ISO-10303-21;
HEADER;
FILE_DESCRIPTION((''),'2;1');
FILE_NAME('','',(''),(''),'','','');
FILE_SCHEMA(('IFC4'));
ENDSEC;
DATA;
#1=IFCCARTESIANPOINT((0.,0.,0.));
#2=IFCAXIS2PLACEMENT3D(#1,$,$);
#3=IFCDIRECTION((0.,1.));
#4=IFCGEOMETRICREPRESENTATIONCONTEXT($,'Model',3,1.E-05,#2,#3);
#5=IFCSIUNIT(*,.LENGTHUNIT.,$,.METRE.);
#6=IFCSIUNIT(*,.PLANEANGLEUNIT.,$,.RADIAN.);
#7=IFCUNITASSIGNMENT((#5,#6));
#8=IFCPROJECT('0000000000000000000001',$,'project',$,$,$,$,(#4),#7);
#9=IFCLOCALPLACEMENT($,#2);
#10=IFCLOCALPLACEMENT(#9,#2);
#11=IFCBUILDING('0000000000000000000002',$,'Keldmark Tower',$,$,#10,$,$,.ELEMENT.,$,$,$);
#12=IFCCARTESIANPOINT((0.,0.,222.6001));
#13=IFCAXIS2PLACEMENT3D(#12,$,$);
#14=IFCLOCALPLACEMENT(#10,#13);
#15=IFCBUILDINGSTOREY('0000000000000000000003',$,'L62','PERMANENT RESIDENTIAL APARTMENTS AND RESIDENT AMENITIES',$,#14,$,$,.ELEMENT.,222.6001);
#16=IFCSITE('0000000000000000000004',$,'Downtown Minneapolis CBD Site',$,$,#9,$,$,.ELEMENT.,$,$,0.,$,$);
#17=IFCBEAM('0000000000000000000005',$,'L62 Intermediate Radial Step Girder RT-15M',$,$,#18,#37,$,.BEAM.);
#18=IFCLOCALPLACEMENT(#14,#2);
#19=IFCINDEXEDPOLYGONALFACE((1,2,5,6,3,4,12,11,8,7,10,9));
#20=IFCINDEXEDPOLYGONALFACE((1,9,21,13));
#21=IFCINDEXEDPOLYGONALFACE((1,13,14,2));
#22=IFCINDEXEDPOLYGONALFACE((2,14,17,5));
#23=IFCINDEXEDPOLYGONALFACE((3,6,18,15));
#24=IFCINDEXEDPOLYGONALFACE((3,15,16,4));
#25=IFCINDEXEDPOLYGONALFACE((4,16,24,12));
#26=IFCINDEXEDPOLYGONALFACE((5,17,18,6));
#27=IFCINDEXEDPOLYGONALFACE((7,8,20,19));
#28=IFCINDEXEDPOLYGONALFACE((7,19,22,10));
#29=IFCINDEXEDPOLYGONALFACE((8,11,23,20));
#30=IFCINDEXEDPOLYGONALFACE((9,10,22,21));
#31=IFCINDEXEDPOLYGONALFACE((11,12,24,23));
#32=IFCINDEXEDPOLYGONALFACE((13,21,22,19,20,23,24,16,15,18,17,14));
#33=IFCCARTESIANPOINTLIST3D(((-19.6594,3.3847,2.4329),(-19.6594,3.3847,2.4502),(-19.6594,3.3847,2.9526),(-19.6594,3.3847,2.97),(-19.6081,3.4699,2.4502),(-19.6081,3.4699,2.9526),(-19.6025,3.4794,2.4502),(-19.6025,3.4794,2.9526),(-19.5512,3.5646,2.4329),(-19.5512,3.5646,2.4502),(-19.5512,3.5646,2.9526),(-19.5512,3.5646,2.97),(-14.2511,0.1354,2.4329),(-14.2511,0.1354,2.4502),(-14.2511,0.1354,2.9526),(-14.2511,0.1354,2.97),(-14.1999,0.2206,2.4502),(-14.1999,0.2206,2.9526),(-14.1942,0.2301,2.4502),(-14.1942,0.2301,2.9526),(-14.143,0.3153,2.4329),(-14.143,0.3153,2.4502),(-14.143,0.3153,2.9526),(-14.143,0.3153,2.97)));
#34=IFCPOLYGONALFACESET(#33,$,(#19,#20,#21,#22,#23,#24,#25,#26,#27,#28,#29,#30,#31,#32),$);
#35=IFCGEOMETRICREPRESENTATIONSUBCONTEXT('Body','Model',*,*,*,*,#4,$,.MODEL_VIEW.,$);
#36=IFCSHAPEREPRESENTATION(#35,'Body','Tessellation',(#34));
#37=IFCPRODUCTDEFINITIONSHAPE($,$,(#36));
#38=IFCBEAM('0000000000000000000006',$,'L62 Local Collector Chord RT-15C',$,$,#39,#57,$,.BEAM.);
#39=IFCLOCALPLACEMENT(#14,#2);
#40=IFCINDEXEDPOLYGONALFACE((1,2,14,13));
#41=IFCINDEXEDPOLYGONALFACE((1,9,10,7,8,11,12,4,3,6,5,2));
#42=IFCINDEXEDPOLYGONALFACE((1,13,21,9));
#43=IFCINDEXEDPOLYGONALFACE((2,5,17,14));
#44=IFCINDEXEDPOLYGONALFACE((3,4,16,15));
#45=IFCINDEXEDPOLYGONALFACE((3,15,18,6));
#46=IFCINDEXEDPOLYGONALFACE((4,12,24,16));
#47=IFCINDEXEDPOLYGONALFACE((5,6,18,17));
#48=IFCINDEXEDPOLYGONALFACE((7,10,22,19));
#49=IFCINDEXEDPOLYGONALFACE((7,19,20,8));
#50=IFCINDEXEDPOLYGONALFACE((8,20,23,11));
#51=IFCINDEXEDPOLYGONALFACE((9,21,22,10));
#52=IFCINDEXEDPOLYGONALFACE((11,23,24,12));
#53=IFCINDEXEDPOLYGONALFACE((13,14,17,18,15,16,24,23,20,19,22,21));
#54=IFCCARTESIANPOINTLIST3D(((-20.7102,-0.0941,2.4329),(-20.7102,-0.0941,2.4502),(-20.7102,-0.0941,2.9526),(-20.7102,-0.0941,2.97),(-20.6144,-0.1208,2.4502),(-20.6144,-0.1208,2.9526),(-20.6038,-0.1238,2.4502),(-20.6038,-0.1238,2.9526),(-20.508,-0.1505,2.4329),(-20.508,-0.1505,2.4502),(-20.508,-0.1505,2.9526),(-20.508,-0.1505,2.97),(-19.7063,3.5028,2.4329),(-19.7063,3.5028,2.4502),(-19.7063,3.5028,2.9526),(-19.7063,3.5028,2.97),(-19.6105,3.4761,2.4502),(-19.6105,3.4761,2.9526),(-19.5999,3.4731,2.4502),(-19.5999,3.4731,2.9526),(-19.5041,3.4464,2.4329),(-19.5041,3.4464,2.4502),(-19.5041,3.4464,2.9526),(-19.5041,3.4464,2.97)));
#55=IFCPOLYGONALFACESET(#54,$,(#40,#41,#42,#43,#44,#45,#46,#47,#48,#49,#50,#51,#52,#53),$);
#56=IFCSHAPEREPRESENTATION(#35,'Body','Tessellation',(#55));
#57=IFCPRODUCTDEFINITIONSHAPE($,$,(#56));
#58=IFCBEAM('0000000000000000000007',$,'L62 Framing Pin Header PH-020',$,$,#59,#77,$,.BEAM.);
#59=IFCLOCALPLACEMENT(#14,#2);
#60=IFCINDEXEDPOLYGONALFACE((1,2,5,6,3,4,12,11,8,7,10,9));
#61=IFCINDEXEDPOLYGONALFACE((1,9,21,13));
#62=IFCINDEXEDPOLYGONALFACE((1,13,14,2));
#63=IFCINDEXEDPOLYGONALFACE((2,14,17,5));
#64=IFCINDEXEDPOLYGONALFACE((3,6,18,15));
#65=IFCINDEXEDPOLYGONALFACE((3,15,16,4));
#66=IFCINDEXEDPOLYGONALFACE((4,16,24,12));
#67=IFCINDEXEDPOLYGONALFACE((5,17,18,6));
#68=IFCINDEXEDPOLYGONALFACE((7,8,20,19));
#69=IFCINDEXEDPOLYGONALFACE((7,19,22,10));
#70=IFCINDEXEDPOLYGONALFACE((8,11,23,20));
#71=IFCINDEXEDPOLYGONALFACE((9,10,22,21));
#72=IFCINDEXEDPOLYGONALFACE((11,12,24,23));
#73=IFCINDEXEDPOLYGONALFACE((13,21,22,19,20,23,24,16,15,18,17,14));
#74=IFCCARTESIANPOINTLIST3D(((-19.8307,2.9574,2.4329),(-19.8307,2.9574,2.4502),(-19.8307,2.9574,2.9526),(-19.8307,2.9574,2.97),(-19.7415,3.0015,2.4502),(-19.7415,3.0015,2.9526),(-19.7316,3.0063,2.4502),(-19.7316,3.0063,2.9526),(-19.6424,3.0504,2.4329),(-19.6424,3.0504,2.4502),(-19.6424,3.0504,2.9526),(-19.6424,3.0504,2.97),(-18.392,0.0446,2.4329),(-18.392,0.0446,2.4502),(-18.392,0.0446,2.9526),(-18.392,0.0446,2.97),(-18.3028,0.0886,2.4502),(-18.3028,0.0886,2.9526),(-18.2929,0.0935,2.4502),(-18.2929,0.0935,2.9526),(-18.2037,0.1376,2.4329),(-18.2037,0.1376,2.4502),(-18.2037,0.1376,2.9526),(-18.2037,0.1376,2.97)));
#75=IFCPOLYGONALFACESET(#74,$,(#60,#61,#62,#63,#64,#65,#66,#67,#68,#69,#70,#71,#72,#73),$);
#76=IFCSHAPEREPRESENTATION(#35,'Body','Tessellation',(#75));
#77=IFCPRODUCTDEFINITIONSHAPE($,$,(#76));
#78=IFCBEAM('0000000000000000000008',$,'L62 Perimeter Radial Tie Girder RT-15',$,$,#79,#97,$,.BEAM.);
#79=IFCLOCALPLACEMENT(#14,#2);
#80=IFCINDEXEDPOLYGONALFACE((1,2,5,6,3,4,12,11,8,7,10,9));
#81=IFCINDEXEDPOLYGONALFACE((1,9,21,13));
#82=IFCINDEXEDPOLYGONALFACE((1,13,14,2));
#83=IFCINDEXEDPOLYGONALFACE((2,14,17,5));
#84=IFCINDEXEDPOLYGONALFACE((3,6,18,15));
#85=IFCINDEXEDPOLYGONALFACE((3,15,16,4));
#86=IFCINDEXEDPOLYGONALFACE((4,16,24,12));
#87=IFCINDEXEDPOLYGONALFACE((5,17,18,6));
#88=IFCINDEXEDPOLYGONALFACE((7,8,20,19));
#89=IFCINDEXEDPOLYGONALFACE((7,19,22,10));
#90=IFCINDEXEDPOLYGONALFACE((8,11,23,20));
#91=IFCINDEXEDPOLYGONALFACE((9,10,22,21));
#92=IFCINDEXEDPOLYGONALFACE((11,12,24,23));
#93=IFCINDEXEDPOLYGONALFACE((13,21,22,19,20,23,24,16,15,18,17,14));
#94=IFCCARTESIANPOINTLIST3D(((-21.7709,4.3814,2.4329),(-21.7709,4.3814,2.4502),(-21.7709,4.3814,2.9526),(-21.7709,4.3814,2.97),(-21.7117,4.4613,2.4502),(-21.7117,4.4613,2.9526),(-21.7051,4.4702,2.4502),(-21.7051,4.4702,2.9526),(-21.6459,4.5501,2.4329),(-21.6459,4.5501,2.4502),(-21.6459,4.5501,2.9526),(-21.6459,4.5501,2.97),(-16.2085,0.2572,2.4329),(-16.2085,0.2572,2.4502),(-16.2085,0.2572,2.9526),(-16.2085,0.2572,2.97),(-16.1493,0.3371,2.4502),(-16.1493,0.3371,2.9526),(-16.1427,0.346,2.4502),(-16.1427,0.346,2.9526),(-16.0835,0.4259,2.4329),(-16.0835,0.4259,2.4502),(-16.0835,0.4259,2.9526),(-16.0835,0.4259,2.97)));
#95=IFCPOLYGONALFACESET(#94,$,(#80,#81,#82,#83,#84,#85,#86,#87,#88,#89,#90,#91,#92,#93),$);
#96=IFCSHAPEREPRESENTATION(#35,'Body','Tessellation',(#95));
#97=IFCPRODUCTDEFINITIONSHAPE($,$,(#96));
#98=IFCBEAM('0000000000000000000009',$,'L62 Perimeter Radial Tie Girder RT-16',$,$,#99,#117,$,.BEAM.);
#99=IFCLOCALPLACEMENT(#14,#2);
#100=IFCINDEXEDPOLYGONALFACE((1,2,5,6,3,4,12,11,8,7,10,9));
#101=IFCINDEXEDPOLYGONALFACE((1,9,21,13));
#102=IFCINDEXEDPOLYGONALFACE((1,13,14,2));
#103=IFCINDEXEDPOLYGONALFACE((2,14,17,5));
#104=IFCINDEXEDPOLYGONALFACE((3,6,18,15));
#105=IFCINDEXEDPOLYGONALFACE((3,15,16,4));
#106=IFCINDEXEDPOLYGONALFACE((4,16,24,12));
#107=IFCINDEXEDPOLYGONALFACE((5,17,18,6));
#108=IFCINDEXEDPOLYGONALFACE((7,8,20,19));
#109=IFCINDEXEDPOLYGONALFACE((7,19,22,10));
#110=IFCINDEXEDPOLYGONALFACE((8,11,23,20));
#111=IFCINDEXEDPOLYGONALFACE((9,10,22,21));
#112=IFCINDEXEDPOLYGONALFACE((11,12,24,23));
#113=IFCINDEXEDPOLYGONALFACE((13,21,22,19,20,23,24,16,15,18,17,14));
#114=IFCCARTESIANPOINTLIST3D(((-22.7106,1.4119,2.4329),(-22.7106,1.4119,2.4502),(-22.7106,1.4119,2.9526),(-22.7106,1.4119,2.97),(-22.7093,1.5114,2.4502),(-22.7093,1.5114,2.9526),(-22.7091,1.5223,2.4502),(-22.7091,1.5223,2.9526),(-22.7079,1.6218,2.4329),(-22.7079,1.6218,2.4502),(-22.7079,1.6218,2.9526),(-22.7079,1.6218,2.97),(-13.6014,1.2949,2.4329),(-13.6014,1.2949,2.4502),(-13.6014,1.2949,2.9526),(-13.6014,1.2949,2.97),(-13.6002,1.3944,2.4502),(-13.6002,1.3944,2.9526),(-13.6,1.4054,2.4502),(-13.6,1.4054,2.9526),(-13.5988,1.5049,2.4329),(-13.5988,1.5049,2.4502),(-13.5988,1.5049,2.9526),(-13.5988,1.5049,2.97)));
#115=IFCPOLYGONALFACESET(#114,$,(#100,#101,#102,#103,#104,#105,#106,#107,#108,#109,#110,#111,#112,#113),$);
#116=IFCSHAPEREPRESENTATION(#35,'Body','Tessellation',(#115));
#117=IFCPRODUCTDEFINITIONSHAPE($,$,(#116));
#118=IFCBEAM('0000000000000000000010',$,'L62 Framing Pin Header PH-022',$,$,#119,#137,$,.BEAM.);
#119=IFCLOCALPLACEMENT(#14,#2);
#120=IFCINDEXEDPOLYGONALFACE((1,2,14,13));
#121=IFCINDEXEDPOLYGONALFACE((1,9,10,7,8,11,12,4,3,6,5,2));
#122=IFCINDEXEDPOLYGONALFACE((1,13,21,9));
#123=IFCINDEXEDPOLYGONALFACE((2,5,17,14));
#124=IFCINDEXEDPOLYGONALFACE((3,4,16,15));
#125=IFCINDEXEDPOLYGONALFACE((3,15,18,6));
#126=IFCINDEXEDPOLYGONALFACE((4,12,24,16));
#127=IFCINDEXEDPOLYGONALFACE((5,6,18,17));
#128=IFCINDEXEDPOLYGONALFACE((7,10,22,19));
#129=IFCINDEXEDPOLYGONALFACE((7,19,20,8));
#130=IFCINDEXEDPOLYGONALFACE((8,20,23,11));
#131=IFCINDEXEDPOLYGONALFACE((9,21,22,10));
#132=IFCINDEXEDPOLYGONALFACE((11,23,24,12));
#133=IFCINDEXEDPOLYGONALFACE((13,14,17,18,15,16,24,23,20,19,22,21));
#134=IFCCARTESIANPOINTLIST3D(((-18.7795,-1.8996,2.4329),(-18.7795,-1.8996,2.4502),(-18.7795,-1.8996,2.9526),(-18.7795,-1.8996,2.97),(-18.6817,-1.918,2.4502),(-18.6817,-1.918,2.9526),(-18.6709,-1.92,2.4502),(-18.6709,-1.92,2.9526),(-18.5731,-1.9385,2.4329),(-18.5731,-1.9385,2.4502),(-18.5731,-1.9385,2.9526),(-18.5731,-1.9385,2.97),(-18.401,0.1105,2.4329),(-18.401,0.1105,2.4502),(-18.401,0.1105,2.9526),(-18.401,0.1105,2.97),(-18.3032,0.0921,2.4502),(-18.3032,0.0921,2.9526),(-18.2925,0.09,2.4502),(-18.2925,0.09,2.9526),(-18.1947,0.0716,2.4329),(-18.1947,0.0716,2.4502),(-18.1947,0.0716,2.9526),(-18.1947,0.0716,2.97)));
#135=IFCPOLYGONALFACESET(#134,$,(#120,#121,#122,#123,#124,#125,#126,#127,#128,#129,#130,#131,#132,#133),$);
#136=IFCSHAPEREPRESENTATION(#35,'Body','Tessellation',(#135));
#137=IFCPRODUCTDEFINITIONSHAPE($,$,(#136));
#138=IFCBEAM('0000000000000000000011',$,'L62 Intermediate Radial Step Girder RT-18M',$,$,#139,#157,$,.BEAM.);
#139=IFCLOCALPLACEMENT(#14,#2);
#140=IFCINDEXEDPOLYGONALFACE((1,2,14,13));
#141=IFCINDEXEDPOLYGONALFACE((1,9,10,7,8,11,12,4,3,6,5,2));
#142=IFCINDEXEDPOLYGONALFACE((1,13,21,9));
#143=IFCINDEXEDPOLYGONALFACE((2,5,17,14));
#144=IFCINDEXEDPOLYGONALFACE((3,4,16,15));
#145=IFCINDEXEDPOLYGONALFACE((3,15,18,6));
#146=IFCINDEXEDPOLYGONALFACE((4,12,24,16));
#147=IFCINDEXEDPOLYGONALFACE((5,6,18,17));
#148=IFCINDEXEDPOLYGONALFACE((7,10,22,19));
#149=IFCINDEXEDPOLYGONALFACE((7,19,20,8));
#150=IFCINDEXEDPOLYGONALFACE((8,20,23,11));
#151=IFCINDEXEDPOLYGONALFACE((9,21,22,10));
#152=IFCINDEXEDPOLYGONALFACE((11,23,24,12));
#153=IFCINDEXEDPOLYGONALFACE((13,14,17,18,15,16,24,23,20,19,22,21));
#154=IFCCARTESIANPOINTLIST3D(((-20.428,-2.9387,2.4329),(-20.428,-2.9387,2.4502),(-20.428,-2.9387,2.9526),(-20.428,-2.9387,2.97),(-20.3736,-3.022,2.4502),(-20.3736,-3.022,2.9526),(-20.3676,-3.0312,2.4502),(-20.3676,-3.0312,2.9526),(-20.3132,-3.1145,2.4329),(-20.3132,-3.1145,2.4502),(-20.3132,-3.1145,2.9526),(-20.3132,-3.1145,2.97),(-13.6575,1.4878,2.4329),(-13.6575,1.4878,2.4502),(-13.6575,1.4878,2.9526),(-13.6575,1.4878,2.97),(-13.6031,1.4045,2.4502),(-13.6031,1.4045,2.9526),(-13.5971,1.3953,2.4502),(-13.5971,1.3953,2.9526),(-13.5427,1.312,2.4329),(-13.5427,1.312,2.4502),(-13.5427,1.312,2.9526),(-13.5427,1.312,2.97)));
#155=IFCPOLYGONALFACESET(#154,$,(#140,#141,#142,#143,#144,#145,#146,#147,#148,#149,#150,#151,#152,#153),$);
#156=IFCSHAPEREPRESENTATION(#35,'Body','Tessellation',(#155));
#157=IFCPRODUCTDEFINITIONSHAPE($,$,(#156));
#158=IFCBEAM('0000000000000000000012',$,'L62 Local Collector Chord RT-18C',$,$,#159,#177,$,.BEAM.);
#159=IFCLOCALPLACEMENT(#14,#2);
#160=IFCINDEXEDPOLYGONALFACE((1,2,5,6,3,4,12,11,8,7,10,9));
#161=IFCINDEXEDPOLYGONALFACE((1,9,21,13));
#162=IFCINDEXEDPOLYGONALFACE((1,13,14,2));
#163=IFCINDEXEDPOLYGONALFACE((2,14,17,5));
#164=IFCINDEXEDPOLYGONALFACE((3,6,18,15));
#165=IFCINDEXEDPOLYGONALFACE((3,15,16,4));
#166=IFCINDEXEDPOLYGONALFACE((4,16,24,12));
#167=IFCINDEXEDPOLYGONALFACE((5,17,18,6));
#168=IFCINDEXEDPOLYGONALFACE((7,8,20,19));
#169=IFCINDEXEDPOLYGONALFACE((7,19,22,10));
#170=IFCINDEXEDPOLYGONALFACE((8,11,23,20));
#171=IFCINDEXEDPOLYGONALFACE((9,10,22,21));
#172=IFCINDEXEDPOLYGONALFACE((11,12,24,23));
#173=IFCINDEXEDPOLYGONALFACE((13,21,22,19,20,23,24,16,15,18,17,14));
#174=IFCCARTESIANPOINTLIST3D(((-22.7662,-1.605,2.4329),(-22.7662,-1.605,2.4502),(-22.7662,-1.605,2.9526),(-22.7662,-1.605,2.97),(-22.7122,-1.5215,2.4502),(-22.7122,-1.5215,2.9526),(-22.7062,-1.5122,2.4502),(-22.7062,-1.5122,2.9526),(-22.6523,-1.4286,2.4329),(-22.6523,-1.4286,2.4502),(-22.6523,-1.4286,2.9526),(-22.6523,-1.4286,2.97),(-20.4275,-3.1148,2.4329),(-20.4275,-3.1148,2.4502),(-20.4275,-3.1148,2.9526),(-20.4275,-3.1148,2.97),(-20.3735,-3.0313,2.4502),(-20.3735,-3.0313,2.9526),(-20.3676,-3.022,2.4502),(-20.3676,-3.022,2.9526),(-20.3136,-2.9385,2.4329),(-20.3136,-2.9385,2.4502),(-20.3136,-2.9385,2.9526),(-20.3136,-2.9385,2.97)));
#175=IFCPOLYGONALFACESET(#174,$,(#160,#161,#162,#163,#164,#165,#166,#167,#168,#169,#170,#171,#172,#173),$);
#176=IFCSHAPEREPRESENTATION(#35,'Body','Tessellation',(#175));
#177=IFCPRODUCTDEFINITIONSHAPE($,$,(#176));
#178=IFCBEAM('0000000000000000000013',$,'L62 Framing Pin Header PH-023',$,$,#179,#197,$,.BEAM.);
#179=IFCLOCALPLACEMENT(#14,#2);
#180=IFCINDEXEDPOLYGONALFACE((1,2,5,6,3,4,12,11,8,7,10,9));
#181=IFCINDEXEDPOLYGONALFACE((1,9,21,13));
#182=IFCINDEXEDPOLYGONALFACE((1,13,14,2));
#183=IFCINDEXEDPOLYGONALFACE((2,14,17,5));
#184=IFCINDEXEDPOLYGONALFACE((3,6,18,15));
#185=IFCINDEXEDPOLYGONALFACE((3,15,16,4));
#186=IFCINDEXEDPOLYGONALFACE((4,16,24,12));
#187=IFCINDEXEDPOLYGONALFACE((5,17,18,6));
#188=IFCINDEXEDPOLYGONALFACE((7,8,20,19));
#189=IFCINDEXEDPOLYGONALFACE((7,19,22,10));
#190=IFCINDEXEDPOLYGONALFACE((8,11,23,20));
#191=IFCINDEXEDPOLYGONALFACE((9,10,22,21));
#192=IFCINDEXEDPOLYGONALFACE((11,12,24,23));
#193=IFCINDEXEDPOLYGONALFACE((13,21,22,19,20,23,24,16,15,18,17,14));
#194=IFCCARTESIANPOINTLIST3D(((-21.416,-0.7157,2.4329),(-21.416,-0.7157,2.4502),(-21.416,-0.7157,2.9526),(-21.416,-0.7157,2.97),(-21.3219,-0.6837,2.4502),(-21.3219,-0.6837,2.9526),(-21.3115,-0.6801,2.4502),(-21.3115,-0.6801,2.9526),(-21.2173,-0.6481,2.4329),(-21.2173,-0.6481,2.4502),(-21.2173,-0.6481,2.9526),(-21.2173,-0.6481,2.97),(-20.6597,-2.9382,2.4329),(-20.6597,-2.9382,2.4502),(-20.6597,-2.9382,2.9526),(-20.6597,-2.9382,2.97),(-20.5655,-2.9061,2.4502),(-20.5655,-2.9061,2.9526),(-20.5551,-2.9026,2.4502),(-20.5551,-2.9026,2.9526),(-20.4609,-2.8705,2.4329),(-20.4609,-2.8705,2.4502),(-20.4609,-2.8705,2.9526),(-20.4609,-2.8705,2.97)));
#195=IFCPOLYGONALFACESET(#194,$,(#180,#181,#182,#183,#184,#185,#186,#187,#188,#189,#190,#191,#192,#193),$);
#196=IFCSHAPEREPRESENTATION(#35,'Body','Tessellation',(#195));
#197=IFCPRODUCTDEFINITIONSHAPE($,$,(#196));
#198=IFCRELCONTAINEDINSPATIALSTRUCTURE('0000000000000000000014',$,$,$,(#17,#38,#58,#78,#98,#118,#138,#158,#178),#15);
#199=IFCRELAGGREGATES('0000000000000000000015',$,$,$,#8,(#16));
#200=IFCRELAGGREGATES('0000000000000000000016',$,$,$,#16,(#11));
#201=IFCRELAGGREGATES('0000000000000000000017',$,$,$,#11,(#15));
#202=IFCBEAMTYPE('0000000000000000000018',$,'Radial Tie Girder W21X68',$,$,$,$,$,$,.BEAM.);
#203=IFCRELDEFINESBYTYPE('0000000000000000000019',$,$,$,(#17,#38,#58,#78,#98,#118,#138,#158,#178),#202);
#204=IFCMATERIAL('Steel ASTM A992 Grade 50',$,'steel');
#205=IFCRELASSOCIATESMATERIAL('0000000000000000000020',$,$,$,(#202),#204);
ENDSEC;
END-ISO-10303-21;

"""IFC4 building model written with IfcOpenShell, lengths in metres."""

from ifc_helpers import new_model, si_unit, direction, frame, origin, origin_2d, place, context, subcontext, project, spatial, i_section, extrude, material, material_profile, profile_set, type_object, element, save


model = new_model("IFC4")

# Units and contexts
model_context = context("Model", 3, precision=1e-05, world=origin(), true_north=direction((0.0, 1.0)))
body_context = subcontext(model_context, "Body", "Model", "MODEL_VIEW")
ifc_project = project(units=[si_unit("LENGTHUNIT", "METRE"), si_unit("PLANEANGLEUNIT", "RADIAN")], contexts=[model_context])

# Site, building, storey
site_placement = place(None, origin())
site = spatial("IfcSite", under=ifc_project, at=site_placement, Name="Downtown Minneapolis CBD Site", CompositionType="ELEMENT", RefElevation=0.0)
building_placement = place(site_placement, origin())
building = spatial("IfcBuilding", under=site, at=building_placement, Name="Keldmark Tower", CompositionType="ELEMENT")
storey_placement = place(building_placement, frame((0.0, 0.0, 222.6001)))
storey = spatial("IfcBuildingStorey", under=building, at=storey_placement, Name="L62", Description="PERMANENT RESIDENTIAL APARTMENTS AND RESIDENT AMENITIES", CompositionType="ELEMENT", Elevation=222.6001)

# Beams
ifc_material_1 = material(Name="Steel ASTM A992 Grade 50", Category="steel")
ifc_material_profile_1 = material_profile(ifc_material_1, i_section(OverallWidth=0.21, OverallDepth=0.5371, WebThickness=0.011, FlangeThickness=0.0173, at=origin_2d()), Name="W21X68")
ifc_profile_set_1 = profile_set([ifc_material_profile_1], Name="Steel ASTM A992 Grade 50")
beam_type_1 = type_object("IfcBeamType", Name="Radial Tie Girder W21X68", PredefinedType="BEAM", material=ifc_profile_set_1)
beam_1_placement = place(storey_placement, frame((-14.197, 0.2253, 2.7014), z_axis=(-0.857189, 0.515002, 0.0), x_axis=(-0.515002, -0.857189, 0.0)))
element("IfcBeam", 1, at=beam_1_placement, inside=storey, type_object=beam_type_1, Name="L62 Intermediate Radial Step Girder RT-15M", PredefinedType="BEAM", context=body_context, shape_type="SweptSolid", body=[
    extrude(i_section(OverallWidth=0.21, OverallDepth=0.5371, WebThickness=0.011, FlangeThickness=0.0173, at=origin_2d()), origin(), (0.0, 0.0, 1.0), 6.3093),
])
beam_2_placement = place(storey_placement, frame((-20.6091, -0.1223, 2.7014), z_axis=(0.268827, 0.963188, 0.0), x_axis=(-0.963188, 0.268827, 0.0)))
element("IfcBeam", 2, at=beam_2_placement, inside=storey, type_object=beam_type_1, Name="L62 Local Collector Chord RT-15C", PredefinedType="BEAM", context=body_context, shape_type="SweptSolid", body=[
    extrude(i_section(OverallWidth=0.21, OverallDepth=0.5371, WebThickness=0.011, FlangeThickness=0.0173, at=origin_2d()), origin(), (0.0, 0.0, 1.0), 3.7344),
])
beam_3_placement = place(storey_placement, frame((-18.2979, 0.0911, 2.7014), z_axis=(-0.44285, 0.896596, 0.0), x_axis=(-0.896596, -0.44285, 0.0)))
element("IfcBeam", 3, at=beam_3_placement, inside=storey, type_object=beam_type_1, Name="L62 Framing Pin Header PH-020", PredefinedType="BEAM", context=body_context, shape_type="SweptSolid", body=[
    extrude(i_section(OverallWidth=0.21, OverallDepth=0.5371, WebThickness=0.011, FlangeThickness=0.0173, at=origin_2d()), origin(), (0.0, 0.0, 1.0), 3.2488),
])
beam_4_placement = place(storey_placement, frame((-16.146, 0.3416, 2.7014), z_axis=(-0.803288, 0.595591, 0.0), x_axis=(-0.595591, -0.803288, 0.0)))
element("IfcBeam", 4, at=beam_4_placement, inside=storey, type_object=beam_type_1, Name="L62 Perimeter Radial Tie Girder RT-15", PredefinedType="BEAM", context=body_context, shape_type="SweptSolid", body=[
    extrude(i_section(OverallWidth=0.21, OverallDepth=0.5371, WebThickness=0.011, FlangeThickness=0.0173, at=origin_2d()), origin(), (0.0, 0.0, 1.0), 6.9246),
])
beam_5_placement = place(storey_placement, frame((-13.6001, 1.3999, 2.7014), z_axis=(-0.999918, 0.012837, 0.0), x_axis=(-0.012837, -0.999918, 0.0)))
element("IfcBeam", 5, at=beam_5_placement, inside=storey, type_object=beam_type_1, Name="L62 Perimeter Radial Tie Girder RT-16", PredefinedType="BEAM", context=body_context, shape_type="SweptSolid", body=[
    extrude(i_section(OverallWidth=0.21, OverallDepth=0.5371, WebThickness=0.011, FlangeThickness=0.0173, at=origin_2d()), origin(), (0.0, 0.0, 1.0), 9.1099),
])
beam_6_placement = place(storey_placement, frame((-18.2979, 0.0911, 2.7014), z_axis=(-0.185016, -0.982735, 0.0), x_axis=(0.982735, -0.185016, 0.0)))
element("IfcBeam", 6, at=beam_6_placement, inside=storey, type_object=beam_type_1, Name="L62 Framing Pin Header PH-022", PredefinedType="BEAM", context=body_context, shape_type="SweptSolid", body=[
    extrude(i_section(OverallWidth=0.21, OverallDepth=0.5371, WebThickness=0.011, FlangeThickness=0.0173, at=origin_2d()), origin(), (0.0, 0.0, 1.0), 2.0454),
])
beam_7_placement = place(storey_placement, frame((-13.6001, 1.3999, 2.7014), z_axis=(-0.83699, -0.547218, 0.0), x_axis=(0.547218, -0.83699, 0.0)))
element("IfcBeam", 7, at=beam_7_placement, inside=storey, type_object=beam_type_1, Name="L62 Intermediate Radial Step Girder RT-18M", PredefinedType="BEAM", context=body_context, shape_type="SweptSolid", body=[
    extrude(i_section(OverallWidth=0.21, OverallDepth=0.5371, WebThickness=0.011, FlangeThickness=0.0173, at=origin_2d()), origin(), (0.0, 0.0, 1.0), 8.0891),
])
beam_8_placement = place(storey_placement, frame((-22.7092, -1.5168, 2.7014), z_axis=(0.840137, -0.542375, 0.0), x_axis=(0.542375, 0.840137, 0.0)))
element("IfcBeam", 8, at=beam_8_placement, inside=storey, type_object=beam_type_1, Name="L62 Local Collector Chord RT-18C", PredefinedType="BEAM", context=body_context, shape_type="SweptSolid", body=[
    extrude(i_section(OverallWidth=0.21, OverallDepth=0.5371, WebThickness=0.011, FlangeThickness=0.0173, at=origin_2d()), origin(), (0.0, 0.0, 1.0), 2.7837),
])
beam_9_placement = place(storey_placement, frame((-21.3167, -0.6819, 2.7014), z_axis=(0.322181, -0.946678, 0.0), x_axis=(0.946678, 0.322181, 0.0)))
element("IfcBeam", 9, at=beam_9_placement, inside=storey, type_object=beam_type_1, Name="L62 Framing Pin Header PH-023", PredefinedType="BEAM", context=body_context, shape_type="SweptSolid", body=[
    extrude(i_section(OverallWidth=0.21, OverallDepth=0.5371, WebThickness=0.011, FlangeThickness=0.0173, at=origin_2d()), origin(), (0.0, 0.0, 1.0), 2.3477),
])

save(model, "model.ifc")
